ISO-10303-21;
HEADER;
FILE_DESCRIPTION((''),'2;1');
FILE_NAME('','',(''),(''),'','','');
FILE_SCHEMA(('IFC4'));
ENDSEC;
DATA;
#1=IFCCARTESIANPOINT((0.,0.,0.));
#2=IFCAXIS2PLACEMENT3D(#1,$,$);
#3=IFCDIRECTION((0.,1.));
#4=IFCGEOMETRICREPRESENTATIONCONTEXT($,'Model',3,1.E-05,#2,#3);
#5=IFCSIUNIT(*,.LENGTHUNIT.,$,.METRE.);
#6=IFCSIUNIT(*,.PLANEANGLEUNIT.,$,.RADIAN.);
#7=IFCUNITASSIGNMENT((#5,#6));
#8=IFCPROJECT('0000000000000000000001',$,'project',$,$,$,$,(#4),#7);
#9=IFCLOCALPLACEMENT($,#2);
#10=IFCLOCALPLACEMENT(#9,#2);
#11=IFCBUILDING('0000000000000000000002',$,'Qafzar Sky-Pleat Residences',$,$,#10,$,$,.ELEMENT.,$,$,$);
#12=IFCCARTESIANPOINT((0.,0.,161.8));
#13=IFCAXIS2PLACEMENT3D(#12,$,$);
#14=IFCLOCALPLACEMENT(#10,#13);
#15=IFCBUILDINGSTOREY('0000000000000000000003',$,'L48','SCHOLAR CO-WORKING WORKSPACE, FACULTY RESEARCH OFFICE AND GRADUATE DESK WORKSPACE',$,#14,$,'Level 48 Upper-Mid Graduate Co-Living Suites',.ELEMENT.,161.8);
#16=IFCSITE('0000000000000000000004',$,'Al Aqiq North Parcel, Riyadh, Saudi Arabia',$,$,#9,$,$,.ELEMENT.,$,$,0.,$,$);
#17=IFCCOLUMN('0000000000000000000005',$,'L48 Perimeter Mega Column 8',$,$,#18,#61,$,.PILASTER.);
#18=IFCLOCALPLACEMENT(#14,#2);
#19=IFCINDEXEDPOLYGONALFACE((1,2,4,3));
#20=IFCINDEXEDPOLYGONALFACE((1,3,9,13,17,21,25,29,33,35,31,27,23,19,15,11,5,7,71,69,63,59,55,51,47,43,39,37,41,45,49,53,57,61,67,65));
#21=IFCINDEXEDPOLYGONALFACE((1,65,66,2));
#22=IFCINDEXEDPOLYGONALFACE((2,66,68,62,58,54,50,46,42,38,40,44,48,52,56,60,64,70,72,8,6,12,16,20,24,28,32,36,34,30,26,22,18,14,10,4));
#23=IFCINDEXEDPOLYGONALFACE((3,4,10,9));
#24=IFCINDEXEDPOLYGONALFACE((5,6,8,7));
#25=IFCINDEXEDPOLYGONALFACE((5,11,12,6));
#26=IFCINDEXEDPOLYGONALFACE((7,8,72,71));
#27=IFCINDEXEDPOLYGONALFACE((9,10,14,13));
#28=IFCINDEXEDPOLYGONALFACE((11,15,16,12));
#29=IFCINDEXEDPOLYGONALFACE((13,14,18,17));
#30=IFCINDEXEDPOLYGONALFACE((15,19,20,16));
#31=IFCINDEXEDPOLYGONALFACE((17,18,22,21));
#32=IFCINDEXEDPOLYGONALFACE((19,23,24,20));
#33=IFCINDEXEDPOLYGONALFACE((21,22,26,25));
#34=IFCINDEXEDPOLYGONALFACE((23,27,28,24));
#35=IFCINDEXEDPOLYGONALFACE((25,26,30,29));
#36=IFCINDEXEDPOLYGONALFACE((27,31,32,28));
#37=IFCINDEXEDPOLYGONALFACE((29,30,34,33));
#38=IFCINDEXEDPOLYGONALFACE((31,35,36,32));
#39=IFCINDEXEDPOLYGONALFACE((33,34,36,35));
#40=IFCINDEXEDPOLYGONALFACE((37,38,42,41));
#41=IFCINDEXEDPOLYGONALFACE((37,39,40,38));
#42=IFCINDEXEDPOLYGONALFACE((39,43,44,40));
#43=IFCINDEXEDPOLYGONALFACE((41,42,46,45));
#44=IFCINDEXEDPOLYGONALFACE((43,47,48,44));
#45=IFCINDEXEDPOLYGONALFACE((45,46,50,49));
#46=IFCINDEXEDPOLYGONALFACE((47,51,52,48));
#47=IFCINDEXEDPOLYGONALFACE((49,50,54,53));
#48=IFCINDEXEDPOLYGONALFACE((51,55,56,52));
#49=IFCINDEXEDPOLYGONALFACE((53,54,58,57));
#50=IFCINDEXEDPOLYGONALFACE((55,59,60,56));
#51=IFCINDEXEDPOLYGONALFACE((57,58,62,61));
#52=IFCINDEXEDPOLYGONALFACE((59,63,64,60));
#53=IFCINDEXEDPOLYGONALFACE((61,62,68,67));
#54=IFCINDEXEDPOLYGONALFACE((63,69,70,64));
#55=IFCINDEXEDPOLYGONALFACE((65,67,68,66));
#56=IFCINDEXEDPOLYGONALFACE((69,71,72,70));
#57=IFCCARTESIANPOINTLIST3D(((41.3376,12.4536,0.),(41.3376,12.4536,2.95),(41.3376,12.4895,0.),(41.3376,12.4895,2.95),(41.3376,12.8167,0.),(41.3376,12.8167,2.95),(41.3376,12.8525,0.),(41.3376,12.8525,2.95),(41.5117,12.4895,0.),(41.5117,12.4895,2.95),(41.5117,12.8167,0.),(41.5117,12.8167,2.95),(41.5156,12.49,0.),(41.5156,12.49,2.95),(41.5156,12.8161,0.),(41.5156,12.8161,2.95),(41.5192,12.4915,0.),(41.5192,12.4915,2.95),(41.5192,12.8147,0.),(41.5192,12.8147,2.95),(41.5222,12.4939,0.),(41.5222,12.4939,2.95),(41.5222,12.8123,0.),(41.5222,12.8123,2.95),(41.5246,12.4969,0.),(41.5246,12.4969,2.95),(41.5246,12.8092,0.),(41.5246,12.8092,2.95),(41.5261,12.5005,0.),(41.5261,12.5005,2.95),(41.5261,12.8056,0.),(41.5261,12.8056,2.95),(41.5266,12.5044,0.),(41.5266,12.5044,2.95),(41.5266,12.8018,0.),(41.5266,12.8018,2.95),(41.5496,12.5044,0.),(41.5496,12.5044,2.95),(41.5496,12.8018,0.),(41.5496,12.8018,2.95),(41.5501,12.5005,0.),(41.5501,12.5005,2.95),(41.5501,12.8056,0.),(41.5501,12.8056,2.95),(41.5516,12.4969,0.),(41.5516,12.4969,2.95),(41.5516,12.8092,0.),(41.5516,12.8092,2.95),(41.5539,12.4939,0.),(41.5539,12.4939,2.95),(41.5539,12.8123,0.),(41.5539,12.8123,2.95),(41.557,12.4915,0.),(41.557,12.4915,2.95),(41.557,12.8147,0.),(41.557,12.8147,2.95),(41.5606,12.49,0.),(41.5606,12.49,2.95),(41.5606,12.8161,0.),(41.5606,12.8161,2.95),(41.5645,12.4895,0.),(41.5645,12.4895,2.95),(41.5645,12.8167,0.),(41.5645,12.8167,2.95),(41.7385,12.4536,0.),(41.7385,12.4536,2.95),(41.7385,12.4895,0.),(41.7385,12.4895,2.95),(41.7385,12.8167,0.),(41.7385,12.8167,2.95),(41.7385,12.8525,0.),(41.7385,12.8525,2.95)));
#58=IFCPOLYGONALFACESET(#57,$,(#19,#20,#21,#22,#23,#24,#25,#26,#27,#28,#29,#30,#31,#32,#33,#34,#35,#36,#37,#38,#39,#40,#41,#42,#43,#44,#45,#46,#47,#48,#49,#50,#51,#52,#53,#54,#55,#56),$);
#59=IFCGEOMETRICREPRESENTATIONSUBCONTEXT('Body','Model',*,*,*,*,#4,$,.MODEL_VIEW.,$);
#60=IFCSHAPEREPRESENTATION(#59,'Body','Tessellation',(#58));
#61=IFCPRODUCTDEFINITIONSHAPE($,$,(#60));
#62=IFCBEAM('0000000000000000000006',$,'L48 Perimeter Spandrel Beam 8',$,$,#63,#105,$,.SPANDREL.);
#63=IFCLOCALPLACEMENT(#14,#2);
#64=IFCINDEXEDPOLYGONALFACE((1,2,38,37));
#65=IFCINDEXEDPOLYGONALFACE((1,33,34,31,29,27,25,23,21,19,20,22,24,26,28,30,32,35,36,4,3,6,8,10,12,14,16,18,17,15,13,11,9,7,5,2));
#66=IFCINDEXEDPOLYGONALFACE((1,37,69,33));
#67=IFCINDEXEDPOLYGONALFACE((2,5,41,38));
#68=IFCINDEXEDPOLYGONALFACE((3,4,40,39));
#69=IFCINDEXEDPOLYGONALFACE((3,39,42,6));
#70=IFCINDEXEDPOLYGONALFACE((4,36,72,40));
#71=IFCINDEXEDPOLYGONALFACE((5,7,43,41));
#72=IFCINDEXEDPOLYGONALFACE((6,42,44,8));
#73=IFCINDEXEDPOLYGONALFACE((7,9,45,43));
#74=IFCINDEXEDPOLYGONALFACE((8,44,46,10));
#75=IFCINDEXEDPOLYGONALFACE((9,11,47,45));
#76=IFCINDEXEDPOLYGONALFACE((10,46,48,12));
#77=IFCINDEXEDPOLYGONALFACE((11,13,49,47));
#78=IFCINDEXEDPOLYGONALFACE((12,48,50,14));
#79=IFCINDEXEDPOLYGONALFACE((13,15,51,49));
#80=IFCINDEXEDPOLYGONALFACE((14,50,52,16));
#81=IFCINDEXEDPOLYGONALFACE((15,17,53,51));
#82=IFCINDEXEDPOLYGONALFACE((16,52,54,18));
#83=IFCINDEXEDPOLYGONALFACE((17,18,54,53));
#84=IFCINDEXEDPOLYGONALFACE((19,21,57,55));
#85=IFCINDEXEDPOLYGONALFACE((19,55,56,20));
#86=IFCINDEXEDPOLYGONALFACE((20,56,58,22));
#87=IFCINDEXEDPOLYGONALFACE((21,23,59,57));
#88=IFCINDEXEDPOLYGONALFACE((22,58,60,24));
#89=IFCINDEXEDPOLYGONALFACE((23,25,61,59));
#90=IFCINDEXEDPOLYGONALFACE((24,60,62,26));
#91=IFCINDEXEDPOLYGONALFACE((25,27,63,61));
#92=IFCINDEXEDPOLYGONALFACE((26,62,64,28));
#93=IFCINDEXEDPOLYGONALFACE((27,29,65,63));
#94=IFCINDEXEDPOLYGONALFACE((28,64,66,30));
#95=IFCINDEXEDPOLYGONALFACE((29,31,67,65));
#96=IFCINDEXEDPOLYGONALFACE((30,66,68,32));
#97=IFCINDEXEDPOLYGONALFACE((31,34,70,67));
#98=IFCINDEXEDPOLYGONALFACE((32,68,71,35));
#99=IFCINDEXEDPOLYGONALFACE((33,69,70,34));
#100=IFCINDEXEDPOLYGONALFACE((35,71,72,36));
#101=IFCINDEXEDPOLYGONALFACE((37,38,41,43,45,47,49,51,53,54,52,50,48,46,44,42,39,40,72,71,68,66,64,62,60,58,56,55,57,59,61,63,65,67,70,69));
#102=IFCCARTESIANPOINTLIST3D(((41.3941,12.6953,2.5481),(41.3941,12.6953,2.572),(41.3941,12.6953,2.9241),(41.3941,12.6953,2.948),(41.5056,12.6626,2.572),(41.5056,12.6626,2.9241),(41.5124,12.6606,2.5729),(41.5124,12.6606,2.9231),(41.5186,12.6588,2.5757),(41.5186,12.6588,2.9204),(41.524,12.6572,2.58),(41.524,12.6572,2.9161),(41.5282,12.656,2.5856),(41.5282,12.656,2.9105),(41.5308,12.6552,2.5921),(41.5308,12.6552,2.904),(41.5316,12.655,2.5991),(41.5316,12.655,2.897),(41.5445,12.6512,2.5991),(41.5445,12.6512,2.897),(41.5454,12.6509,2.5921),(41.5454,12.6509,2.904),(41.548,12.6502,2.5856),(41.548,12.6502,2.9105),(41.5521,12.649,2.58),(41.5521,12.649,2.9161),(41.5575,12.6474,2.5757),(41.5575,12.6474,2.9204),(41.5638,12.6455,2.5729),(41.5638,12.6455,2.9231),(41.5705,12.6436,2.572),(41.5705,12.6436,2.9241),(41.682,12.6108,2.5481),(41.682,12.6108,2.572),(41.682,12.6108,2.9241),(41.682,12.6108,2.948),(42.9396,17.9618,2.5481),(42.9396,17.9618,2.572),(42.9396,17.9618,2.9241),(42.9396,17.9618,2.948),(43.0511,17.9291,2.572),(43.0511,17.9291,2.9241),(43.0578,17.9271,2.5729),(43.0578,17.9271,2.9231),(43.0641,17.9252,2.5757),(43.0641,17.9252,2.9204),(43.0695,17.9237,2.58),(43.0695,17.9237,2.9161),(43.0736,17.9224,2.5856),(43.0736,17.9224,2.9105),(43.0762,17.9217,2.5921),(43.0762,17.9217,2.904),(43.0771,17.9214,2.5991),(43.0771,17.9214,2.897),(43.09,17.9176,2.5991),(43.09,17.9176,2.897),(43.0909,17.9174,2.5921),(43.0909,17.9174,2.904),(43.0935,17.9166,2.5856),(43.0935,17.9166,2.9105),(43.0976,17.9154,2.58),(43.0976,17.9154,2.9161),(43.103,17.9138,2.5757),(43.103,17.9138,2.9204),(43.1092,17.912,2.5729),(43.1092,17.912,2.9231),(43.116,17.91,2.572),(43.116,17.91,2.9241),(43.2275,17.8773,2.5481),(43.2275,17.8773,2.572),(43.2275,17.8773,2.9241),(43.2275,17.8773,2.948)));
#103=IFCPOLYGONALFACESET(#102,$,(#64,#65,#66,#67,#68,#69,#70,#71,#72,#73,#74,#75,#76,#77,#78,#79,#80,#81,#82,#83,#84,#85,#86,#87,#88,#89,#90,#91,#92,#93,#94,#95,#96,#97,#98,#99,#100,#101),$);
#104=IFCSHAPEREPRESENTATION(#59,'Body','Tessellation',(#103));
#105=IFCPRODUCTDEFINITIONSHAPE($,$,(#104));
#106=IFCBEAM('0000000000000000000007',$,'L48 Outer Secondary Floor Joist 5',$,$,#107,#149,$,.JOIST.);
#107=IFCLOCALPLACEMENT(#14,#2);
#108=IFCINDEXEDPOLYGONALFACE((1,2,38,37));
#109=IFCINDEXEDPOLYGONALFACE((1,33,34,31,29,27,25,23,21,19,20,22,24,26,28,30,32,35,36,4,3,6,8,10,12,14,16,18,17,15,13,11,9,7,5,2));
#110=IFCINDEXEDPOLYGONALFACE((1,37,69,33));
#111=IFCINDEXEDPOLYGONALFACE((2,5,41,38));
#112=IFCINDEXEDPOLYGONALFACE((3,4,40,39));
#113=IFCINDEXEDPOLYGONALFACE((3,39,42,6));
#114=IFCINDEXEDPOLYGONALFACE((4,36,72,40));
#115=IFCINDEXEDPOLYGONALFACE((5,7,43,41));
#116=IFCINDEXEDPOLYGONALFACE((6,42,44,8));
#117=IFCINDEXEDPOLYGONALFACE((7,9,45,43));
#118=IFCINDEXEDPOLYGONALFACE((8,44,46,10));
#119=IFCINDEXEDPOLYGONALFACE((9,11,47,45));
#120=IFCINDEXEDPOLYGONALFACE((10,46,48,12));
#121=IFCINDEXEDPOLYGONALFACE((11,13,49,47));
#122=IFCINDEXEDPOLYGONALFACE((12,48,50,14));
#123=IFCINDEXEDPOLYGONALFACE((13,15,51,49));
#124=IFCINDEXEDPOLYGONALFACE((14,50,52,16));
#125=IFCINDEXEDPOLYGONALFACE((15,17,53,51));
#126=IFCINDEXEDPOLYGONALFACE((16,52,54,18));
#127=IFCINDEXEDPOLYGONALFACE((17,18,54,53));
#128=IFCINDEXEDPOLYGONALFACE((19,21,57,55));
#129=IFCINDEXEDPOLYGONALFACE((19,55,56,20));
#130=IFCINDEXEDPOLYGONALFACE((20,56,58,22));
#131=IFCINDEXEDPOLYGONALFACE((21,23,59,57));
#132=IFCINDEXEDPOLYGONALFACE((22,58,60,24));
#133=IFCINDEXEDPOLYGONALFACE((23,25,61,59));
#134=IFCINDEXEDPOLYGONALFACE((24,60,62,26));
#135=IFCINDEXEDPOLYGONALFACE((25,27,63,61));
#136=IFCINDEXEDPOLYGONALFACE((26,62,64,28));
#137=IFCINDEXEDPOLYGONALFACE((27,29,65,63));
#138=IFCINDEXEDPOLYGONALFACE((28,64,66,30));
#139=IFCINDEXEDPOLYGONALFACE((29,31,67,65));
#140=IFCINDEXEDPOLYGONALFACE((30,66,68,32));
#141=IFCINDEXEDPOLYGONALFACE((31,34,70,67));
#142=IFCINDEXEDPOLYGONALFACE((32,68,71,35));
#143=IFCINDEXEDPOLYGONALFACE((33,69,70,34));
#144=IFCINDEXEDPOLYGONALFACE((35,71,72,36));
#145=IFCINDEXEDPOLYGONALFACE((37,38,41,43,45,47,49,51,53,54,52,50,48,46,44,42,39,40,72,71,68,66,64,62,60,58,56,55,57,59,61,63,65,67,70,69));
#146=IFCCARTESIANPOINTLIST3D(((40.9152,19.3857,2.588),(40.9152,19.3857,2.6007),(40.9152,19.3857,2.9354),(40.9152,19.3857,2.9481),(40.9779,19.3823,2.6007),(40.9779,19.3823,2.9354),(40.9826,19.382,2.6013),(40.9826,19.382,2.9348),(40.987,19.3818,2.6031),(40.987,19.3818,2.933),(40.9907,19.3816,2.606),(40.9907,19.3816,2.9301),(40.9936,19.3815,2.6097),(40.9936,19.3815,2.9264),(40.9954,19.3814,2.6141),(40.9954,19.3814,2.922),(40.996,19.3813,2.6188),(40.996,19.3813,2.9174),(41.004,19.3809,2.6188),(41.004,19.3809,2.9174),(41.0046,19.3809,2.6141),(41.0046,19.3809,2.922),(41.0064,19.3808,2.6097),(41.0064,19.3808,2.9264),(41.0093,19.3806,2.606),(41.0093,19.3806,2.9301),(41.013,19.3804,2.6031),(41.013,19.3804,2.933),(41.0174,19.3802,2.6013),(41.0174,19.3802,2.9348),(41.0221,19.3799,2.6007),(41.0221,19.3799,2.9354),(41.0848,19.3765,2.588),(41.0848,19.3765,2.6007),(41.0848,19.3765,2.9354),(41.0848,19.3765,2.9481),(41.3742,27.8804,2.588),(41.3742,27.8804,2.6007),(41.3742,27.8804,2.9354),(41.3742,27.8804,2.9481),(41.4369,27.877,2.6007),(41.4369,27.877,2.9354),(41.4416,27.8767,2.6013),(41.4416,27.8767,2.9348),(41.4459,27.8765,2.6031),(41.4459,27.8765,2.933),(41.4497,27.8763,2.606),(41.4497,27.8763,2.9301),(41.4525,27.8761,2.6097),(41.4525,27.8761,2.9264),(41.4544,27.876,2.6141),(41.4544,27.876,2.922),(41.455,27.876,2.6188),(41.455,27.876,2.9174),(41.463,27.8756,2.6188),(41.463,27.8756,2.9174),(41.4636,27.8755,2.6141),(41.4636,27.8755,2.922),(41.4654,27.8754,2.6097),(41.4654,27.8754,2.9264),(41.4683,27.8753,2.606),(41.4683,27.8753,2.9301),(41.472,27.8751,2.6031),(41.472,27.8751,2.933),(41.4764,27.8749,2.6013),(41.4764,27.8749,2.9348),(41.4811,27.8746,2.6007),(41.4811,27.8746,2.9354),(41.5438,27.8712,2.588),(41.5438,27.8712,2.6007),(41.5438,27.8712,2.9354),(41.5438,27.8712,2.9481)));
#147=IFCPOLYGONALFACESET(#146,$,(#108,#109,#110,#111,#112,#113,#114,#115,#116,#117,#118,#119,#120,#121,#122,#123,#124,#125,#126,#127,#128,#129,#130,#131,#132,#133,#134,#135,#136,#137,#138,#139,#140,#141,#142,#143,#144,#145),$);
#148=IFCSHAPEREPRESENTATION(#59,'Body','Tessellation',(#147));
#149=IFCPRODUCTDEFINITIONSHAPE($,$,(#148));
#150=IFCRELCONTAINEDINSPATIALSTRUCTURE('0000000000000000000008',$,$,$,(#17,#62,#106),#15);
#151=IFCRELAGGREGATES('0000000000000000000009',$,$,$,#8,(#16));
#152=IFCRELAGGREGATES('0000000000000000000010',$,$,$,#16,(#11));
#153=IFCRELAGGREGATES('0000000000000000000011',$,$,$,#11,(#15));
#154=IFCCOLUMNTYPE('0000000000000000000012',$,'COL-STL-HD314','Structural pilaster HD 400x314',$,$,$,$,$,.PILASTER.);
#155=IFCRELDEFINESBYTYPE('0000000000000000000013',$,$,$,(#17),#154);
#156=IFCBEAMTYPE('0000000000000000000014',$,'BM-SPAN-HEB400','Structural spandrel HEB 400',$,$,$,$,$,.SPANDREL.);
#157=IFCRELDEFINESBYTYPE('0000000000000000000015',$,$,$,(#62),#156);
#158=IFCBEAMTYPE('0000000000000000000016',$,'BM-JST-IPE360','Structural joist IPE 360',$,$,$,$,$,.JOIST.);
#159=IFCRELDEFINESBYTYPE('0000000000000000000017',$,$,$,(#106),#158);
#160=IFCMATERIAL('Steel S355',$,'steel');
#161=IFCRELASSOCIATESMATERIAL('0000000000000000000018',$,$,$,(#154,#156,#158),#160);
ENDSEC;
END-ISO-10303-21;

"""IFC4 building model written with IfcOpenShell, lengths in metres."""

from ifc_helpers import new_model, si_unit, direction, frame, origin, origin_2d, place, context, subcontext, project, spatial, i_section, extrude, source, transform, mapped, material, material_profile, profile_set, type_object, element, save


model = new_model("IFC4")

# Units and contexts
model_context = context("Model", 3, precision=1e-05, world=origin(), true_north=direction((0.0, 1.0)))
body_context = subcontext(model_context, "Body", "Model", "MODEL_VIEW")
ifc_project = project(units=[si_unit("LENGTHUNIT", "METRE"), si_unit("PLANEANGLEUNIT", "RADIAN")], contexts=[model_context])

# Site, building, storey
site_placement = place(None, origin())
site = spatial("IfcSite", under=ifc_project, at=site_placement, Name="Al Aqiq North Parcel, Riyadh, Saudi Arabia", CompositionType="ELEMENT", RefElevation=0.0)
building_placement = place(site_placement, origin())
building = spatial("IfcBuilding", under=site, at=building_placement, Name="Qafzar Sky-Pleat Residences", CompositionType="ELEMENT")
storey_placement = place(building_placement, frame((0.0, 0.0, 161.8)))
storey = spatial("IfcBuildingStorey", under=building, at=storey_placement, Name="L48", Description="SCHOLAR CO-WORKING WORKSPACE, FACULTY RESEARCH OFFICE AND GRADUATE DESK WORKSPACE", LongName="Level 48 Upper-Mid Graduate Co-Living Suites", CompositionType="ELEMENT", Elevation=161.8)

# Column
ifc_material_1 = material(Name="Steel S355", Category="steel")
ifc_material_profile_1 = material_profile(ifc_material_1, i_section(OverallWidth=0.4009, OverallDepth=0.3989, WebThickness=0.0229, FlangeThickness=0.0359, FilletRadius=0.0149, at=origin_2d()), Name="HD 400x314")
ifc_profile_set_1 = profile_set([ifc_material_profile_1], Name="Steel S355")
column_type = type_object("IfcColumnType", Name="COL-STL-HD314", Description="Structural pilaster HD 400x314", PredefinedType="PILASTER", material=ifc_profile_set_1)
shared_shape_1 = source(origin(), body_context, "Body", "SweptSolid", [
    extrude(i_section(OverallWidth=0.4009, OverallDepth=0.3989, WebThickness=0.0229, FlangeThickness=0.0359, FilletRadius=0.0149, at=origin_2d()), origin(), (0.0, 0.0, 1.0), 2.95),
])
column_placement = place(storey_placement, frame((41.5381, 12.6531, 0.0), z_axis=(0.0, 0.0, 1.0), x_axis=(1.0, 0.0, 0.0)))
element("IfcColumn", 1, at=column_placement, inside=storey, type_object=column_type, Name="L48 Perimeter Mega Column 8", PredefinedType="PILASTER", context=body_context, shape_type="MappedRepresentation", body=[
    mapped(shared_shape_1, transform((0.0, 0.0, 0.0), x_axis=(1.0, 0.0, 0.0), y_axis=(0.0, 1.0, 0.0), z_axis=(0.0, 0.0, 1.0), scale=1.0)),
])

# Beams
ifc_material_profile_2 = material_profile(ifc_material_1, i_section(OverallWidth=0.3, OverallDepth=0.3999, WebThickness=0.0134, FlangeThickness=0.0239, FilletRadius=0.0271, at=origin_2d()), Name="HEB 400")
ifc_profile_set_2 = profile_set([ifc_material_profile_2], Name="Steel S355")
beam_type_1 = type_object("IfcBeamType", Name="BM-SPAN-HEB400", Description="Structural spandrel HEB 400", PredefinedType="SPANDREL", material=ifc_profile_set_2)
shared_shape_2 = source(origin(), body_context, "Body", "SweptSolid", [
    extrude(i_section(OverallWidth=0.3, OverallDepth=0.3999, WebThickness=0.0134, FlangeThickness=0.0239, FilletRadius=0.0271, at=origin_2d()), origin(), (0.0, 0.0, 1.0), 5.4885),
])
beam_1_placement = place(storey_placement, frame((41.5381, 12.6531, 2.748), z_axis=(0.281576, 0.959539, 0.0), x_axis=(-0.959539, 0.281576, 0.0)))
element("IfcBeam", 2, at=beam_1_placement, inside=storey, type_object=beam_type_1, Name="L48 Perimeter Spandrel Beam 8", PredefinedType="SPANDREL", context=body_context, shape_type="MappedRepresentation", body=[
    mapped(shared_shape_2, transform((0.0, 0.0, 0.0), x_axis=(1.0, 0.0, 0.0), y_axis=(0.0, 1.0, 0.0), z_axis=(0.0, 0.0, 1.0), scale=1.0)),
])
ifc_material_profile_3 = material_profile(ifc_material_1, i_section(OverallWidth=0.1699, OverallDepth=0.3601, WebThickness=0.0081, FlangeThickness=0.0127, FilletRadius=0.0181, at=origin_2d()), Name="IPE 360")
ifc_profile_set_3 = profile_set([ifc_material_profile_3], Name="Steel S355")
beam_type_2 = type_object("IfcBeamType", Name="BM-JST-IPE360", Description="Structural joist IPE 360", PredefinedType="JOIST", material=ifc_profile_set_3)
shared_shape_3 = source(origin(), body_context, "Body", "SweptSolid", [
    extrude(i_section(OverallWidth=0.1699, OverallDepth=0.3601, WebThickness=0.0081, FlangeThickness=0.0127, FilletRadius=0.0181, at=origin_2d()), origin(), (0.0, 0.0, 1.0), 8.5071),
])
beam_2_placement = place(storey_placement, frame((41.0, 19.3811, 2.7681), z_axis=(0.053954, 0.998543, 0.0), x_axis=(-0.998543, 0.053954, 0.0)))
element("IfcBeam", 3, at=beam_2_placement, inside=storey, type_object=beam_type_2, Name="L48 Outer Secondary Floor Joist 5", PredefinedType="JOIST", context=body_context, shape_type="MappedRepresentation", body=[
    mapped(shared_shape_3, transform((0.0, 0.0, 0.0), x_axis=(1.0, 0.0, 0.0), y_axis=(0.0, 1.0, 0.0), z_axis=(0.0, 0.0, 1.0), scale=1.0)),
])

save(model, "model.ifc")
